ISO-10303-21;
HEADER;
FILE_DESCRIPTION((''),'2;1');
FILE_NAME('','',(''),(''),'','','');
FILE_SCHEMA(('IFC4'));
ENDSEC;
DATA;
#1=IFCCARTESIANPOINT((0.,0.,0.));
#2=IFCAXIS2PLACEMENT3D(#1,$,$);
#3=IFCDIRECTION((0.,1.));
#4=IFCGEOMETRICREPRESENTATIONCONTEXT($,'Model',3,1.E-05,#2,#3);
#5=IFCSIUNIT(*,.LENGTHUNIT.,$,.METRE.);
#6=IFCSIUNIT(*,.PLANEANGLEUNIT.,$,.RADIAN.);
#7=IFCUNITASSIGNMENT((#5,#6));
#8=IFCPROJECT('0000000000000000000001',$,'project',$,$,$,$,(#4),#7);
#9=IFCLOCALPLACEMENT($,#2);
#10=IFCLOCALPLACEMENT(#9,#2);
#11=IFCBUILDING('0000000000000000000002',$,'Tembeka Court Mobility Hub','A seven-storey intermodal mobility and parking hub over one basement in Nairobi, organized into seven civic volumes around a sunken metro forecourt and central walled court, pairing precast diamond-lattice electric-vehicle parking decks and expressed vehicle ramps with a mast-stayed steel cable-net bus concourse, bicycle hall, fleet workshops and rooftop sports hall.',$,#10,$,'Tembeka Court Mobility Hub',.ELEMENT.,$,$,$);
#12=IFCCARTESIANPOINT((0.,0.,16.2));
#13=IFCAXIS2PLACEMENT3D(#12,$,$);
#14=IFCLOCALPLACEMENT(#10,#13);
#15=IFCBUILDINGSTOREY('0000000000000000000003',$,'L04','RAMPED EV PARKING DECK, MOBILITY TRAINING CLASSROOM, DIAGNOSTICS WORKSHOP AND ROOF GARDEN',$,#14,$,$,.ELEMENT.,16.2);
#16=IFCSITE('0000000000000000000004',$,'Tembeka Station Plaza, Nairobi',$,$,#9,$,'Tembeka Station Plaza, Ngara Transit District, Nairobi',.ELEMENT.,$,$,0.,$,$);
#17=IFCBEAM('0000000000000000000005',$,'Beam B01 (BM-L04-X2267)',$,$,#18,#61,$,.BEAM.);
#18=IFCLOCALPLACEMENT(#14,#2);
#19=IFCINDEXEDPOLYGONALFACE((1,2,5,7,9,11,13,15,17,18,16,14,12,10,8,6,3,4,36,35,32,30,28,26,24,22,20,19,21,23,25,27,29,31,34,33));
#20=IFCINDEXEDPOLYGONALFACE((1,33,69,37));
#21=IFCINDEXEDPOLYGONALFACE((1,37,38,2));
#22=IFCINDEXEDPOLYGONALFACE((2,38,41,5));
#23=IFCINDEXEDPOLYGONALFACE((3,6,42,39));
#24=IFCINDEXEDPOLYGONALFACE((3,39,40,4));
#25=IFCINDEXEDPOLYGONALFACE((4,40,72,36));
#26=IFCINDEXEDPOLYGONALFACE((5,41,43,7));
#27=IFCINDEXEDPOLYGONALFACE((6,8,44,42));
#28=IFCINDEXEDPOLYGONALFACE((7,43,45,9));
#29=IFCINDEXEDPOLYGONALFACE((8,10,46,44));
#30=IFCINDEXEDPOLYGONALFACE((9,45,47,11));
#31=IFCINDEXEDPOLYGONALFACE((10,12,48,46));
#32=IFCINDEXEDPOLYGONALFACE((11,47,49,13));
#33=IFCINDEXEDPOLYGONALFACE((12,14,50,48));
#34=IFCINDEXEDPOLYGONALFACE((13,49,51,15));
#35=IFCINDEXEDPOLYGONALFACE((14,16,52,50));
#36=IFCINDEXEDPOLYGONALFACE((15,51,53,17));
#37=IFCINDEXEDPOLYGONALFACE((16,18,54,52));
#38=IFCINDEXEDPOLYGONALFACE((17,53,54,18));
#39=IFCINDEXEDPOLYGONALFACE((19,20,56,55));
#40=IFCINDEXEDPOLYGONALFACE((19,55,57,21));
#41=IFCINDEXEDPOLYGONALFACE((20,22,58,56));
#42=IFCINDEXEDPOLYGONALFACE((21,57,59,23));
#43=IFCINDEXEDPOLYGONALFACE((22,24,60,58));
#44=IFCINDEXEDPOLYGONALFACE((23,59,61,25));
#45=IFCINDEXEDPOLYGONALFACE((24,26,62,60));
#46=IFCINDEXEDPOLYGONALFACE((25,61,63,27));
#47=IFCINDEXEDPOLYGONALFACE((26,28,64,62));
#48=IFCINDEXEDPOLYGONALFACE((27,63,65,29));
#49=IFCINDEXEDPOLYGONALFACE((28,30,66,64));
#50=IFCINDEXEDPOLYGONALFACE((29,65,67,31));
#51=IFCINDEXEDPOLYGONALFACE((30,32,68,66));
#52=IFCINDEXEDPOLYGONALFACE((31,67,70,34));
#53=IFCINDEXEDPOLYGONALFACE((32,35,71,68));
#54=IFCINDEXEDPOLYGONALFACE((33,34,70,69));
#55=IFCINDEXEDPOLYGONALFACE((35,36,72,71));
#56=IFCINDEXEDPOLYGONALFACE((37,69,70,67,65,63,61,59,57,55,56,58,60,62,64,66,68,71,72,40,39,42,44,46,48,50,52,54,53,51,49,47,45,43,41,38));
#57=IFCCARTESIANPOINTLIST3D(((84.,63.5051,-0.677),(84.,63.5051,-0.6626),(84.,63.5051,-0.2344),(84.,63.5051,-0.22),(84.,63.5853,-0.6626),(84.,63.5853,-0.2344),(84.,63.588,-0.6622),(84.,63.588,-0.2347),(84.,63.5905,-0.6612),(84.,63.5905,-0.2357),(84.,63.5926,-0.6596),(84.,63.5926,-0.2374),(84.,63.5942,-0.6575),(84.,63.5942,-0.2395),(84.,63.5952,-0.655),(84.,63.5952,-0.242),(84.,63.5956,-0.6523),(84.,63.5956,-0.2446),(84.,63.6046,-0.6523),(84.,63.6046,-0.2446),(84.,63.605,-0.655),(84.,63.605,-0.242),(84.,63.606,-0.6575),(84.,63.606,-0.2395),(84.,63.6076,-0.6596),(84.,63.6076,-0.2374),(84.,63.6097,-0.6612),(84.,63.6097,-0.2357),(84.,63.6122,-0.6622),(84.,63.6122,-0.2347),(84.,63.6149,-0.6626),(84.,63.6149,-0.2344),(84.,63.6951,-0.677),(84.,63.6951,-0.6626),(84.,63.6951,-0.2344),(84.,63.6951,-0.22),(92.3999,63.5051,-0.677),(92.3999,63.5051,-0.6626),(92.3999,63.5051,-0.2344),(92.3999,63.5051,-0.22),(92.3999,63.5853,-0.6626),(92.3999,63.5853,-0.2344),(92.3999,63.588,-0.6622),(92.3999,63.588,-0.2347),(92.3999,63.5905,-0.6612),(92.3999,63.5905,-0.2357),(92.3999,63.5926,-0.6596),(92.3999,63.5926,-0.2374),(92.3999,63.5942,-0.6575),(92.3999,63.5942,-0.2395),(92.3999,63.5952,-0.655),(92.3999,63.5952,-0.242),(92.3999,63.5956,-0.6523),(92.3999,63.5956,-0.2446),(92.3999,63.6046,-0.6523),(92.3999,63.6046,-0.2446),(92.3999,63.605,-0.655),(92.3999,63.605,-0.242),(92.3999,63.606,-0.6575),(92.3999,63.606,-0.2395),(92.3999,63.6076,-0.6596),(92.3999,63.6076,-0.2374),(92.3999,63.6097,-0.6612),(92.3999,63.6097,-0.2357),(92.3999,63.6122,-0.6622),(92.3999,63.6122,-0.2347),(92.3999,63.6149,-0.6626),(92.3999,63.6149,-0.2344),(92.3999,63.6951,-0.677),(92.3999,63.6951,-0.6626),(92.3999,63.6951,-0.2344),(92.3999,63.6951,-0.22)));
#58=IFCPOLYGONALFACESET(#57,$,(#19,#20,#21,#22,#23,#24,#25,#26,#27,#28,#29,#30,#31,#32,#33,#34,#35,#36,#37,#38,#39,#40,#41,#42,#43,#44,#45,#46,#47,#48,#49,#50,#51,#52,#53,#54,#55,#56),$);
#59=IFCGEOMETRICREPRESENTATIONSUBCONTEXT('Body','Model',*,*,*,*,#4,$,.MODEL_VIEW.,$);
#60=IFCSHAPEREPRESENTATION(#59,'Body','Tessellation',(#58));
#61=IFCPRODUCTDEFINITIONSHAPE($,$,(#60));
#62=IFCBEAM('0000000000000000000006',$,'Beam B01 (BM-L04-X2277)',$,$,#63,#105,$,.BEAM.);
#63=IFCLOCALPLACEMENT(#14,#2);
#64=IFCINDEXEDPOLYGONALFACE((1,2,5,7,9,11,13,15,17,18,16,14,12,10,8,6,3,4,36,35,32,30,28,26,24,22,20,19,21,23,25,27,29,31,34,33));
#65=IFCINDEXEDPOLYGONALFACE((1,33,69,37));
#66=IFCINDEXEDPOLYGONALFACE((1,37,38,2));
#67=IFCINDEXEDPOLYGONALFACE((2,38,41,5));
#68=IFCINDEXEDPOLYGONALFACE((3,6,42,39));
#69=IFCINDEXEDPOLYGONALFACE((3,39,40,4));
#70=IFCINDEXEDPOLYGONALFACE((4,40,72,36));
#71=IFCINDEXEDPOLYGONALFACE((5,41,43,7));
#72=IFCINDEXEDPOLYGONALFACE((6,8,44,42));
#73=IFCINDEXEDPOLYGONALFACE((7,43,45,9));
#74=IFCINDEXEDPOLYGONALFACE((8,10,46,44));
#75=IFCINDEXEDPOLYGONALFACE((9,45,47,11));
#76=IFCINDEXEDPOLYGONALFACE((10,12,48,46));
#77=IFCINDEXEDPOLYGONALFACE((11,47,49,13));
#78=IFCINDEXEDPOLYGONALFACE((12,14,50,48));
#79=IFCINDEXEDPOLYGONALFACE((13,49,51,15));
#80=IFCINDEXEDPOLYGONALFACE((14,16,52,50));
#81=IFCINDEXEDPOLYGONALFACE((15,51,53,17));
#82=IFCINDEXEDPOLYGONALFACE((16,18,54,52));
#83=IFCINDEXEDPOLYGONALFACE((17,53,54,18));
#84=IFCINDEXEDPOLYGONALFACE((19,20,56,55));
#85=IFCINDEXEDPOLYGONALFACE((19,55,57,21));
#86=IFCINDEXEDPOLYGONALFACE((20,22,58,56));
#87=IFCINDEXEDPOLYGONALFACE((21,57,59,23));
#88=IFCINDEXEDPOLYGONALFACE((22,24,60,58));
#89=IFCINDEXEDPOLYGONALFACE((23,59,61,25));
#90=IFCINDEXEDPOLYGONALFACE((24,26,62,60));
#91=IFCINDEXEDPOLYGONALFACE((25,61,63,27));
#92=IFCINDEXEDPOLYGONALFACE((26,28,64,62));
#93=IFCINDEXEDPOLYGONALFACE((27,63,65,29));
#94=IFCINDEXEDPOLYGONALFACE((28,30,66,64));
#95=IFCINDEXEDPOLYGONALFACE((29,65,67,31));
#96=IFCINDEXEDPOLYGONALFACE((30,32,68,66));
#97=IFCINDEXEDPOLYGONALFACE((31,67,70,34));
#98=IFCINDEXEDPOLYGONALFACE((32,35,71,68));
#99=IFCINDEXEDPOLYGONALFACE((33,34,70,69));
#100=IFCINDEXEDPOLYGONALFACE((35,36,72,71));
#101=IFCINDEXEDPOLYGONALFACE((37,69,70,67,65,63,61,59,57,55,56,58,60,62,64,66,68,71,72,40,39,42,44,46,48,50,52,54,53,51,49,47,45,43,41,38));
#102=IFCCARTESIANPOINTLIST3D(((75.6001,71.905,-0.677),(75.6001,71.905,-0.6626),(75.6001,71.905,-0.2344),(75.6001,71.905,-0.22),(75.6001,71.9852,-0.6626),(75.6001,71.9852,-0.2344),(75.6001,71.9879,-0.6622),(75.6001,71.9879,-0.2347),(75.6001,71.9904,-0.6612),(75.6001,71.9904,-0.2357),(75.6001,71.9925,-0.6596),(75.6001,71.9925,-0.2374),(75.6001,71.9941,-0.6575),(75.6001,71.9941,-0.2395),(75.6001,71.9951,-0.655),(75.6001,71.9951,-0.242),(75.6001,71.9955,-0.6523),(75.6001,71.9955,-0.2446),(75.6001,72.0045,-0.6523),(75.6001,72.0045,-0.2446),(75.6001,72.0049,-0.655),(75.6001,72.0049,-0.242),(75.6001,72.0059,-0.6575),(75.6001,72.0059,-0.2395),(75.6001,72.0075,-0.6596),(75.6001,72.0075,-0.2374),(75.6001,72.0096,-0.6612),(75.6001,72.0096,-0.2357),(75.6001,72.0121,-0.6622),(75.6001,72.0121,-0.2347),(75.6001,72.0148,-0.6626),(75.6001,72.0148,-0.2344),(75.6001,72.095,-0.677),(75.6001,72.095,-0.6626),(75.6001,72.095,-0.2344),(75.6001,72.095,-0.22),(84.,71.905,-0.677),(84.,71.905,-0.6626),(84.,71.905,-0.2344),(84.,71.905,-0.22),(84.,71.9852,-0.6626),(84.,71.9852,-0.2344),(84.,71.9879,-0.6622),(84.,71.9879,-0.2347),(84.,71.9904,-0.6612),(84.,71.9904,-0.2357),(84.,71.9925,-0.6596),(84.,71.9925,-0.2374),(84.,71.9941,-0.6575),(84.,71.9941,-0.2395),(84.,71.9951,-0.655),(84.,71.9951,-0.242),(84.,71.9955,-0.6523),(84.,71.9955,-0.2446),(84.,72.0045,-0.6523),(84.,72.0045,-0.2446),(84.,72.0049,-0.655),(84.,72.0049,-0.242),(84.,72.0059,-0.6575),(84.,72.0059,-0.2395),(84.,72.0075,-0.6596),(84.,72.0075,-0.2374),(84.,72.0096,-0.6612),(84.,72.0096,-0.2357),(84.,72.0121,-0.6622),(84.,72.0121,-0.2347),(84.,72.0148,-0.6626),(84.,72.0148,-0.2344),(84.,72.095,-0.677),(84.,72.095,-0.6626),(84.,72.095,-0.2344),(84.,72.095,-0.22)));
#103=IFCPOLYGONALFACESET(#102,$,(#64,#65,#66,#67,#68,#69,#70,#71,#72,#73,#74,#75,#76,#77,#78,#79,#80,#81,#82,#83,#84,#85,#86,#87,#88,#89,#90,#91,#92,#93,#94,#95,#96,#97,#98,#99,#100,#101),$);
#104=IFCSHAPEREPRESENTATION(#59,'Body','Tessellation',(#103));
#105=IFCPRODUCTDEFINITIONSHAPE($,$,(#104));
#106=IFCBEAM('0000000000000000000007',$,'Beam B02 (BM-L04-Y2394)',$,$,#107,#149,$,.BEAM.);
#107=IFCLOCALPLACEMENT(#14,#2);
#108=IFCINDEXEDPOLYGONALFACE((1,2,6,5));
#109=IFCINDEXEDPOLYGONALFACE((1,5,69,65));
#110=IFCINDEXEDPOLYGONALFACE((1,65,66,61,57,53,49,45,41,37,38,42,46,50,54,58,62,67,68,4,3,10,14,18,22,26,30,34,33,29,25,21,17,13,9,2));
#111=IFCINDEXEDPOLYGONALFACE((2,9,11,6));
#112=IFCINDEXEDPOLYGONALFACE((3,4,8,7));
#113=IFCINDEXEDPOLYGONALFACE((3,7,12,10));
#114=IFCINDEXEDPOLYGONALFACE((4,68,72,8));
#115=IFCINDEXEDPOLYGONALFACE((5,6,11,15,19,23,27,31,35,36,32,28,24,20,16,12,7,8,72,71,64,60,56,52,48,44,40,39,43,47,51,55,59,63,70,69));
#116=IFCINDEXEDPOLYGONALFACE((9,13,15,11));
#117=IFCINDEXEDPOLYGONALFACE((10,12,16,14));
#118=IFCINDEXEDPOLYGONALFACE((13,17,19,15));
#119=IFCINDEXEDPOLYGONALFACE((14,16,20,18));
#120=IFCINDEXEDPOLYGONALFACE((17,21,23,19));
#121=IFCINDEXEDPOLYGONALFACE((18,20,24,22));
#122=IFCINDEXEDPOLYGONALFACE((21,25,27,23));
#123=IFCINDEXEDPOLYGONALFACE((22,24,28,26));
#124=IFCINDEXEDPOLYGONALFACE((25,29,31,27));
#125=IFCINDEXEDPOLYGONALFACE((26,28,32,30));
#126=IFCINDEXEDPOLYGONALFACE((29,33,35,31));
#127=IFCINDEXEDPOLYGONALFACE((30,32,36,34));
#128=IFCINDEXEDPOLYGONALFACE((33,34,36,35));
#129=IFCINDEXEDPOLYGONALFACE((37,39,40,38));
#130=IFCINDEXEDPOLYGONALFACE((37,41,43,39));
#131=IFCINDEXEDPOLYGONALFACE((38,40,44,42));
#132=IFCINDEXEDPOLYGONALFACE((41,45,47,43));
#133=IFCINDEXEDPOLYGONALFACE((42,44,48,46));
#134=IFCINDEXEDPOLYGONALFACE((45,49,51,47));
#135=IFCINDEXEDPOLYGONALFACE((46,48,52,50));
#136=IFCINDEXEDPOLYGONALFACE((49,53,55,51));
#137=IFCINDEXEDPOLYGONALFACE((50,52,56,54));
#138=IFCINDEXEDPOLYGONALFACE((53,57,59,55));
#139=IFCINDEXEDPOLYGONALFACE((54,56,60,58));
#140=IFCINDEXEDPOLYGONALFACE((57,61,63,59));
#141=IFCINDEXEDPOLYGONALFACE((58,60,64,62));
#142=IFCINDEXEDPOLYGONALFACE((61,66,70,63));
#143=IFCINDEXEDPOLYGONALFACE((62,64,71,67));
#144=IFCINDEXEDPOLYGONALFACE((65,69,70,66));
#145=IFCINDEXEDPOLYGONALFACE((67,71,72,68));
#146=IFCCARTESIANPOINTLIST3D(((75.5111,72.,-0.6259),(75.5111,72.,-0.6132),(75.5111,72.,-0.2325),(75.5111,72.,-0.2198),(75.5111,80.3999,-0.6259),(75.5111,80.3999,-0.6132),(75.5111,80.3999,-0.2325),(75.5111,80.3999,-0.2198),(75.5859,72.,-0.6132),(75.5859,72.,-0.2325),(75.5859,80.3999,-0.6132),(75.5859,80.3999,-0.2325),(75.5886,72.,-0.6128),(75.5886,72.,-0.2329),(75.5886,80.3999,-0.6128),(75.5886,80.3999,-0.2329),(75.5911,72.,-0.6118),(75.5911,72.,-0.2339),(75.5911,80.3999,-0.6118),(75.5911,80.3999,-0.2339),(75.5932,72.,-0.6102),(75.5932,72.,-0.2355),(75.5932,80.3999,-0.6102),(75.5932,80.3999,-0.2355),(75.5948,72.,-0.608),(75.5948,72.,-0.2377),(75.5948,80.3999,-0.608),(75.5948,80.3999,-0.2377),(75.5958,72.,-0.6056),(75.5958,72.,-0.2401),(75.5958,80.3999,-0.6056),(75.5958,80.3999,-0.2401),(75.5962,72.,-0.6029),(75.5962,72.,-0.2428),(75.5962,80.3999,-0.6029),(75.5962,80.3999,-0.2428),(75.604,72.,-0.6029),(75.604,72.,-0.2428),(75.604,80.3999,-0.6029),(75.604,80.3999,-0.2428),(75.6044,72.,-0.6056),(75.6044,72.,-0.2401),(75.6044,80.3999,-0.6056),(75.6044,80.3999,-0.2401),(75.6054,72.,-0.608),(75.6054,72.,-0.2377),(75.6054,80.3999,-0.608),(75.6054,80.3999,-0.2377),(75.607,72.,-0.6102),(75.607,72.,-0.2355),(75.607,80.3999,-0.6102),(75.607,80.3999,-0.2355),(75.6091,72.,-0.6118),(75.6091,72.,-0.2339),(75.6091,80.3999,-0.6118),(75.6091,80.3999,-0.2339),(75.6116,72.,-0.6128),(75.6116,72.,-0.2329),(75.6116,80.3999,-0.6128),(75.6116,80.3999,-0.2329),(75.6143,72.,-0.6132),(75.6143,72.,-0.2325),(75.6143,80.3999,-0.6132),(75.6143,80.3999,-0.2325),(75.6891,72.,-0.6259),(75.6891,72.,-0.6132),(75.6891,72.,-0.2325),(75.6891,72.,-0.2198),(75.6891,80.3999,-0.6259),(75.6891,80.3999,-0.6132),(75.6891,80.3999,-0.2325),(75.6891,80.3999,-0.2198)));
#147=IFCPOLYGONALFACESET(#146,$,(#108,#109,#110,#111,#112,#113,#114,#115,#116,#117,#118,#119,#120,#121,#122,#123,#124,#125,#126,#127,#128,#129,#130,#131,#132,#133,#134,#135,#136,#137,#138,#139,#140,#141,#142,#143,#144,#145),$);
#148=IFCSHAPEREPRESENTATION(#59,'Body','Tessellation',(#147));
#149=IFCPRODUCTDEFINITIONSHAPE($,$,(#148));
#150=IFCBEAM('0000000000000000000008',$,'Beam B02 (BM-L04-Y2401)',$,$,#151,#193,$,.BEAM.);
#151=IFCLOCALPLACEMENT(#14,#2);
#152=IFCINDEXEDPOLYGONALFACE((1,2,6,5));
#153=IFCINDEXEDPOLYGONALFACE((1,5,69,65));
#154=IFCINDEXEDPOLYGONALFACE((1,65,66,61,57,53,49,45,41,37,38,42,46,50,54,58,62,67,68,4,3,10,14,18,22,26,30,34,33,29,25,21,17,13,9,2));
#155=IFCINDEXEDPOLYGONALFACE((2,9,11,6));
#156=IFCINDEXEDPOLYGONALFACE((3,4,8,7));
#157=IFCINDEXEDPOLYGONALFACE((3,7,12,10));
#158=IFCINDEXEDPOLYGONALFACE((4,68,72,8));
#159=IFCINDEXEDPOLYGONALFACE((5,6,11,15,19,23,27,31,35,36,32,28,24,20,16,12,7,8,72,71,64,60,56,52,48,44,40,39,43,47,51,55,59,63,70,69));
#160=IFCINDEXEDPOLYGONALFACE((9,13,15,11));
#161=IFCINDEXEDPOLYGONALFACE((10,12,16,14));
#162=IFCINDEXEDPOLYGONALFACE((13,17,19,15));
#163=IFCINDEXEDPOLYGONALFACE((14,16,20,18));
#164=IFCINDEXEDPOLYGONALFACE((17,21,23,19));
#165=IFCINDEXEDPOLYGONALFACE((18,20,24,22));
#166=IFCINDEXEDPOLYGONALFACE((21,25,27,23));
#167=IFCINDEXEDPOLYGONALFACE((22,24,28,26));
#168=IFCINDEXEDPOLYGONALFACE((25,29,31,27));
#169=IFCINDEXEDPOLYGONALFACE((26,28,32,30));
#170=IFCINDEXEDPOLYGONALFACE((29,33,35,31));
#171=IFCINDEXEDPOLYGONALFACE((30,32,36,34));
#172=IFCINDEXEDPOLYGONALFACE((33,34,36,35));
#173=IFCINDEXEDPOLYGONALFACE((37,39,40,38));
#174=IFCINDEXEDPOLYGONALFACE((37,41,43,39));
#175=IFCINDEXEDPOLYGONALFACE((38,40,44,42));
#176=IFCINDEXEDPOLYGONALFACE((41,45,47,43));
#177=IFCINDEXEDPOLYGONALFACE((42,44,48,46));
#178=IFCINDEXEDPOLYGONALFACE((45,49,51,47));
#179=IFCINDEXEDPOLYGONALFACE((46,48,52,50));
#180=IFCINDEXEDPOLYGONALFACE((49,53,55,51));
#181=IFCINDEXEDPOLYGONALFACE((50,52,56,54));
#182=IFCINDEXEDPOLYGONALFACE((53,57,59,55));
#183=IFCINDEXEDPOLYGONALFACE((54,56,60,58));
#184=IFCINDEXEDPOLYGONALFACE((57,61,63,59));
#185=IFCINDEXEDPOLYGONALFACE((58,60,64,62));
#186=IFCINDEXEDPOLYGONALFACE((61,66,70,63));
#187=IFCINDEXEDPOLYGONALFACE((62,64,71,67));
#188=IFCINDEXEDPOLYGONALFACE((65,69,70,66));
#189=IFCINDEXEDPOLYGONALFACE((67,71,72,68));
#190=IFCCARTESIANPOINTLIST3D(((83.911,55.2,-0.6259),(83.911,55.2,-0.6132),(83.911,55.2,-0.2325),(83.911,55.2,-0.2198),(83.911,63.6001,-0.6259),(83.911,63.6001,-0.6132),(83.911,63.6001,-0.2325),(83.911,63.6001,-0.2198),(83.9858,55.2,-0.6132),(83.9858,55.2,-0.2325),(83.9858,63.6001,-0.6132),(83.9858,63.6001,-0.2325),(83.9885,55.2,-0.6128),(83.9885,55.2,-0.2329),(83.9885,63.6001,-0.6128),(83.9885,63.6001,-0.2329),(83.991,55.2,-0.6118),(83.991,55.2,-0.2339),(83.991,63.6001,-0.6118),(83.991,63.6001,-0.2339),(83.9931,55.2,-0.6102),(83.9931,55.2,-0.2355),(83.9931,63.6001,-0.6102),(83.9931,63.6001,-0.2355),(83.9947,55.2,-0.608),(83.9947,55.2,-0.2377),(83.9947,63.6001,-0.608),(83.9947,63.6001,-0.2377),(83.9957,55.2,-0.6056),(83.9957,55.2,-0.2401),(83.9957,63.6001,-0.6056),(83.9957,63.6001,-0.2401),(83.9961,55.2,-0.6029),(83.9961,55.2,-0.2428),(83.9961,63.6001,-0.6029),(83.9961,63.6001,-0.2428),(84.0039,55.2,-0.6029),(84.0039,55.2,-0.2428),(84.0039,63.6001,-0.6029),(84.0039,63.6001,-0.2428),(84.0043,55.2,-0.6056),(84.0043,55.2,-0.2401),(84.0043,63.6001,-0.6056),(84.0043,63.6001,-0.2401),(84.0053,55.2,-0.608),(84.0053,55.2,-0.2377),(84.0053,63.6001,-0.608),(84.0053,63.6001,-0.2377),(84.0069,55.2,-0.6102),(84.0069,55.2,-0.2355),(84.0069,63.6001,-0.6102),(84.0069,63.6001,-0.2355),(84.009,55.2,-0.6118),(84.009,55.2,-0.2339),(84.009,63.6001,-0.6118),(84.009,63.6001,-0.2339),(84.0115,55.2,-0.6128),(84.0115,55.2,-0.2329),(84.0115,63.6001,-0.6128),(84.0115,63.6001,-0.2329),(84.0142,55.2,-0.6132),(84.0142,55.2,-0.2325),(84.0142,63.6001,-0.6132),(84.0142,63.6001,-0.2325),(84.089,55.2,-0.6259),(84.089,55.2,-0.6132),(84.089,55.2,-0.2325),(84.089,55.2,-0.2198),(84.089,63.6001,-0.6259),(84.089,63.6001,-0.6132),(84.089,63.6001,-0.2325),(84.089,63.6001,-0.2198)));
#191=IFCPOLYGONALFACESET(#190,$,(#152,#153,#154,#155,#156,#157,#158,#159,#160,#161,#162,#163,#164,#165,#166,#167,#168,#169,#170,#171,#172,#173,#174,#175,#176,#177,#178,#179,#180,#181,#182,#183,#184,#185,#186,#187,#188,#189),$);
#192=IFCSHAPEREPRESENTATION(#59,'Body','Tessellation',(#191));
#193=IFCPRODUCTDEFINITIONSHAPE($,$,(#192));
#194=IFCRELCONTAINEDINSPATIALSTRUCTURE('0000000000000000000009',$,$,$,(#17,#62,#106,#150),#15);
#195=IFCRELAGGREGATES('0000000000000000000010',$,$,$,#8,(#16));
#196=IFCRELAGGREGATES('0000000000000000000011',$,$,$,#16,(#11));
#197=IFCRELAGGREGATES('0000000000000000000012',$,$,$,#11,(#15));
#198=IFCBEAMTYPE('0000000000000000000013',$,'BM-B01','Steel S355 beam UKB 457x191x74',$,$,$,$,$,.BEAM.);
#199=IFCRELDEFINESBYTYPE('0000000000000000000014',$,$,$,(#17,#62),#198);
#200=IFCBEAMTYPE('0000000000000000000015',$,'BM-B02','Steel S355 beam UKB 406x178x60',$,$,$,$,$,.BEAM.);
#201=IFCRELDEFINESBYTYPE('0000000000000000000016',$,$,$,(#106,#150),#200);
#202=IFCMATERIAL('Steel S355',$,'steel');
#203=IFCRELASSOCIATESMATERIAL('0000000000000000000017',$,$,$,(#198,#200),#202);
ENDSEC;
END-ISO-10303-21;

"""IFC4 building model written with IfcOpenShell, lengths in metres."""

from ifc_helpers import new_model, si_unit, direction, frame, origin, origin_2d, place, context, subcontext, project, spatial, i_section, extrude, material, material_profile, profile_set, type_object, element, save


model = new_model("IFC4")

# Units and contexts
model_context = context("Model", 3, precision=1e-05, world=origin(), true_north=direction((0.0, 1.0)))
body_context = subcontext(model_context, "Body", "Model", "MODEL_VIEW")
ifc_project = project(units=[si_unit("LENGTHUNIT", "METRE"), si_unit("PLANEANGLEUNIT", "RADIAN")], contexts=[model_context])

# Site, building, storey
site_placement = place(None, origin())
site = spatial("IfcSite", under=ifc_project, at=site_placement, Name="Tembeka Station Plaza, Nairobi", LongName="Tembeka Station Plaza, Ngara Transit District, Nairobi", CompositionType="ELEMENT", RefElevation=0.0)
building_placement = place(site_placement, origin())
building = spatial("IfcBuilding", under=site, at=building_placement, Name="Tembeka Court Mobility Hub", Description="A seven-storey intermodal mobility and parking hub over one basement in Nairobi, organized into seven civic volumes around a sunken metro forecourt and central walled court, pairing precast diamond-lattice electric-vehicle parking decks and expressed vehicle ramps with a mast-stayed steel cable-net bus concourse, bicycle hall, fleet workshops and rooftop sports hall.", LongName="Tembeka Court Mobility Hub", CompositionType="ELEMENT")
storey_placement = place(building_placement, frame((0.0, 0.0, 16.2)))
storey = spatial("IfcBuildingStorey", under=building, at=storey_placement, Name="L04", Description="RAMPED EV PARKING DECK, MOBILITY TRAINING CLASSROOM, DIAGNOSTICS WORKSHOP AND ROOF GARDEN", CompositionType="ELEMENT", Elevation=16.2)

# Shared definitions
ifc_material_1 = material(Name="Steel S355", Category="steel")

# Beams
ifc_material_profile_1 = material_profile(ifc_material_1, i_section(OverallWidth=0.1899, OverallDepth=0.457, WebThickness=0.009, FlangeThickness=0.0144, FilletRadius=0.0103, at=origin_2d()), Name="UKB 457x191x74")
ifc_profile_set_1 = profile_set([ifc_material_profile_1], Name="Steel S355")
beam_type_1 = type_object("IfcBeamType", Name="BM-B01", Description="Steel S355 beam UKB 457x191x74", PredefinedType="BEAM", material=ifc_profile_set_1)
for number, where, z_axis, x_axis, name in (
    (1, (84.0, 63.6001, -0.4485), (1.0, 0.0, 0.0), (0.0, 1.0, 0.0), "Beam B01 (BM-L04-X2267)"),
    (2, (75.6001, 72.0, -0.4485), (1.0, 0.0, 0.0), (0.0, 1.0, 0.0), "Beam B01 (BM-L04-X2277)"),
):
    element("IfcBeam", number, at=place(storey_placement, frame(where, z_axis=z_axis, x_axis=x_axis)), inside=storey, type_object=beam_type_1, Name=name, PredefinedType="BEAM", context=body_context, shape_type="SweptSolid", body=[
        extrude(i_section(OverallWidth=0.1899, OverallDepth=0.457, WebThickness=0.009, FlangeThickness=0.0144, FilletRadius=0.0103, at=origin_2d()), origin(), (0.0, 0.0, 1.0), 8.3999),
    ])
ifc_material_profile_2 = material_profile(ifc_material_1, i_section(OverallWidth=0.178, OverallDepth=0.406, WebThickness=0.0078, FlangeThickness=0.0127, FilletRadius=0.0103, at=origin_2d()), Name="UKB 406x178x60")
ifc_profile_set_2 = profile_set([ifc_material_profile_2], Name="Steel S355")
beam_type_2 = type_object("IfcBeamType", Name="BM-B02", Description="Steel S355 beam UKB 406x178x60", PredefinedType="BEAM", material=ifc_profile_set_2)
beam_1_placement = place(storey_placement, frame((75.6001, 72.0, -0.4229), z_axis=(0.0, 1.0, 0.0), x_axis=(-1.0, 0.0, 0.0)))
element("IfcBeam", 3, at=beam_1_placement, inside=storey, type_object=beam_type_2, Name="Beam B02 (BM-L04-Y2394)", PredefinedType="BEAM", context=body_context, shape_type="SweptSolid", body=[
    extrude(i_section(OverallWidth=0.178, OverallDepth=0.406, WebThickness=0.0078, FlangeThickness=0.0127, FilletRadius=0.0103, at=origin_2d()), origin(), (0.0, 0.0, 1.0), 8.3999),
])
beam_2_placement = place(storey_placement, frame((84.0, 55.2, -0.4229), z_axis=(0.0, 1.0, 0.0), x_axis=(-1.0, 0.0, 0.0)))
element("IfcBeam", 4, at=beam_2_placement, inside=storey, type_object=beam_type_2, Name="Beam B02 (BM-L04-Y2401)", PredefinedType="BEAM", context=body_context, shape_type="SweptSolid", body=[
    extrude(i_section(OverallWidth=0.178, OverallDepth=0.406, WebThickness=0.0078, FlangeThickness=0.0127, FilletRadius=0.0103, at=origin_2d()), origin(), (0.0, 0.0, 1.0), 8.4001),
])

save(model, "model.ifc")
